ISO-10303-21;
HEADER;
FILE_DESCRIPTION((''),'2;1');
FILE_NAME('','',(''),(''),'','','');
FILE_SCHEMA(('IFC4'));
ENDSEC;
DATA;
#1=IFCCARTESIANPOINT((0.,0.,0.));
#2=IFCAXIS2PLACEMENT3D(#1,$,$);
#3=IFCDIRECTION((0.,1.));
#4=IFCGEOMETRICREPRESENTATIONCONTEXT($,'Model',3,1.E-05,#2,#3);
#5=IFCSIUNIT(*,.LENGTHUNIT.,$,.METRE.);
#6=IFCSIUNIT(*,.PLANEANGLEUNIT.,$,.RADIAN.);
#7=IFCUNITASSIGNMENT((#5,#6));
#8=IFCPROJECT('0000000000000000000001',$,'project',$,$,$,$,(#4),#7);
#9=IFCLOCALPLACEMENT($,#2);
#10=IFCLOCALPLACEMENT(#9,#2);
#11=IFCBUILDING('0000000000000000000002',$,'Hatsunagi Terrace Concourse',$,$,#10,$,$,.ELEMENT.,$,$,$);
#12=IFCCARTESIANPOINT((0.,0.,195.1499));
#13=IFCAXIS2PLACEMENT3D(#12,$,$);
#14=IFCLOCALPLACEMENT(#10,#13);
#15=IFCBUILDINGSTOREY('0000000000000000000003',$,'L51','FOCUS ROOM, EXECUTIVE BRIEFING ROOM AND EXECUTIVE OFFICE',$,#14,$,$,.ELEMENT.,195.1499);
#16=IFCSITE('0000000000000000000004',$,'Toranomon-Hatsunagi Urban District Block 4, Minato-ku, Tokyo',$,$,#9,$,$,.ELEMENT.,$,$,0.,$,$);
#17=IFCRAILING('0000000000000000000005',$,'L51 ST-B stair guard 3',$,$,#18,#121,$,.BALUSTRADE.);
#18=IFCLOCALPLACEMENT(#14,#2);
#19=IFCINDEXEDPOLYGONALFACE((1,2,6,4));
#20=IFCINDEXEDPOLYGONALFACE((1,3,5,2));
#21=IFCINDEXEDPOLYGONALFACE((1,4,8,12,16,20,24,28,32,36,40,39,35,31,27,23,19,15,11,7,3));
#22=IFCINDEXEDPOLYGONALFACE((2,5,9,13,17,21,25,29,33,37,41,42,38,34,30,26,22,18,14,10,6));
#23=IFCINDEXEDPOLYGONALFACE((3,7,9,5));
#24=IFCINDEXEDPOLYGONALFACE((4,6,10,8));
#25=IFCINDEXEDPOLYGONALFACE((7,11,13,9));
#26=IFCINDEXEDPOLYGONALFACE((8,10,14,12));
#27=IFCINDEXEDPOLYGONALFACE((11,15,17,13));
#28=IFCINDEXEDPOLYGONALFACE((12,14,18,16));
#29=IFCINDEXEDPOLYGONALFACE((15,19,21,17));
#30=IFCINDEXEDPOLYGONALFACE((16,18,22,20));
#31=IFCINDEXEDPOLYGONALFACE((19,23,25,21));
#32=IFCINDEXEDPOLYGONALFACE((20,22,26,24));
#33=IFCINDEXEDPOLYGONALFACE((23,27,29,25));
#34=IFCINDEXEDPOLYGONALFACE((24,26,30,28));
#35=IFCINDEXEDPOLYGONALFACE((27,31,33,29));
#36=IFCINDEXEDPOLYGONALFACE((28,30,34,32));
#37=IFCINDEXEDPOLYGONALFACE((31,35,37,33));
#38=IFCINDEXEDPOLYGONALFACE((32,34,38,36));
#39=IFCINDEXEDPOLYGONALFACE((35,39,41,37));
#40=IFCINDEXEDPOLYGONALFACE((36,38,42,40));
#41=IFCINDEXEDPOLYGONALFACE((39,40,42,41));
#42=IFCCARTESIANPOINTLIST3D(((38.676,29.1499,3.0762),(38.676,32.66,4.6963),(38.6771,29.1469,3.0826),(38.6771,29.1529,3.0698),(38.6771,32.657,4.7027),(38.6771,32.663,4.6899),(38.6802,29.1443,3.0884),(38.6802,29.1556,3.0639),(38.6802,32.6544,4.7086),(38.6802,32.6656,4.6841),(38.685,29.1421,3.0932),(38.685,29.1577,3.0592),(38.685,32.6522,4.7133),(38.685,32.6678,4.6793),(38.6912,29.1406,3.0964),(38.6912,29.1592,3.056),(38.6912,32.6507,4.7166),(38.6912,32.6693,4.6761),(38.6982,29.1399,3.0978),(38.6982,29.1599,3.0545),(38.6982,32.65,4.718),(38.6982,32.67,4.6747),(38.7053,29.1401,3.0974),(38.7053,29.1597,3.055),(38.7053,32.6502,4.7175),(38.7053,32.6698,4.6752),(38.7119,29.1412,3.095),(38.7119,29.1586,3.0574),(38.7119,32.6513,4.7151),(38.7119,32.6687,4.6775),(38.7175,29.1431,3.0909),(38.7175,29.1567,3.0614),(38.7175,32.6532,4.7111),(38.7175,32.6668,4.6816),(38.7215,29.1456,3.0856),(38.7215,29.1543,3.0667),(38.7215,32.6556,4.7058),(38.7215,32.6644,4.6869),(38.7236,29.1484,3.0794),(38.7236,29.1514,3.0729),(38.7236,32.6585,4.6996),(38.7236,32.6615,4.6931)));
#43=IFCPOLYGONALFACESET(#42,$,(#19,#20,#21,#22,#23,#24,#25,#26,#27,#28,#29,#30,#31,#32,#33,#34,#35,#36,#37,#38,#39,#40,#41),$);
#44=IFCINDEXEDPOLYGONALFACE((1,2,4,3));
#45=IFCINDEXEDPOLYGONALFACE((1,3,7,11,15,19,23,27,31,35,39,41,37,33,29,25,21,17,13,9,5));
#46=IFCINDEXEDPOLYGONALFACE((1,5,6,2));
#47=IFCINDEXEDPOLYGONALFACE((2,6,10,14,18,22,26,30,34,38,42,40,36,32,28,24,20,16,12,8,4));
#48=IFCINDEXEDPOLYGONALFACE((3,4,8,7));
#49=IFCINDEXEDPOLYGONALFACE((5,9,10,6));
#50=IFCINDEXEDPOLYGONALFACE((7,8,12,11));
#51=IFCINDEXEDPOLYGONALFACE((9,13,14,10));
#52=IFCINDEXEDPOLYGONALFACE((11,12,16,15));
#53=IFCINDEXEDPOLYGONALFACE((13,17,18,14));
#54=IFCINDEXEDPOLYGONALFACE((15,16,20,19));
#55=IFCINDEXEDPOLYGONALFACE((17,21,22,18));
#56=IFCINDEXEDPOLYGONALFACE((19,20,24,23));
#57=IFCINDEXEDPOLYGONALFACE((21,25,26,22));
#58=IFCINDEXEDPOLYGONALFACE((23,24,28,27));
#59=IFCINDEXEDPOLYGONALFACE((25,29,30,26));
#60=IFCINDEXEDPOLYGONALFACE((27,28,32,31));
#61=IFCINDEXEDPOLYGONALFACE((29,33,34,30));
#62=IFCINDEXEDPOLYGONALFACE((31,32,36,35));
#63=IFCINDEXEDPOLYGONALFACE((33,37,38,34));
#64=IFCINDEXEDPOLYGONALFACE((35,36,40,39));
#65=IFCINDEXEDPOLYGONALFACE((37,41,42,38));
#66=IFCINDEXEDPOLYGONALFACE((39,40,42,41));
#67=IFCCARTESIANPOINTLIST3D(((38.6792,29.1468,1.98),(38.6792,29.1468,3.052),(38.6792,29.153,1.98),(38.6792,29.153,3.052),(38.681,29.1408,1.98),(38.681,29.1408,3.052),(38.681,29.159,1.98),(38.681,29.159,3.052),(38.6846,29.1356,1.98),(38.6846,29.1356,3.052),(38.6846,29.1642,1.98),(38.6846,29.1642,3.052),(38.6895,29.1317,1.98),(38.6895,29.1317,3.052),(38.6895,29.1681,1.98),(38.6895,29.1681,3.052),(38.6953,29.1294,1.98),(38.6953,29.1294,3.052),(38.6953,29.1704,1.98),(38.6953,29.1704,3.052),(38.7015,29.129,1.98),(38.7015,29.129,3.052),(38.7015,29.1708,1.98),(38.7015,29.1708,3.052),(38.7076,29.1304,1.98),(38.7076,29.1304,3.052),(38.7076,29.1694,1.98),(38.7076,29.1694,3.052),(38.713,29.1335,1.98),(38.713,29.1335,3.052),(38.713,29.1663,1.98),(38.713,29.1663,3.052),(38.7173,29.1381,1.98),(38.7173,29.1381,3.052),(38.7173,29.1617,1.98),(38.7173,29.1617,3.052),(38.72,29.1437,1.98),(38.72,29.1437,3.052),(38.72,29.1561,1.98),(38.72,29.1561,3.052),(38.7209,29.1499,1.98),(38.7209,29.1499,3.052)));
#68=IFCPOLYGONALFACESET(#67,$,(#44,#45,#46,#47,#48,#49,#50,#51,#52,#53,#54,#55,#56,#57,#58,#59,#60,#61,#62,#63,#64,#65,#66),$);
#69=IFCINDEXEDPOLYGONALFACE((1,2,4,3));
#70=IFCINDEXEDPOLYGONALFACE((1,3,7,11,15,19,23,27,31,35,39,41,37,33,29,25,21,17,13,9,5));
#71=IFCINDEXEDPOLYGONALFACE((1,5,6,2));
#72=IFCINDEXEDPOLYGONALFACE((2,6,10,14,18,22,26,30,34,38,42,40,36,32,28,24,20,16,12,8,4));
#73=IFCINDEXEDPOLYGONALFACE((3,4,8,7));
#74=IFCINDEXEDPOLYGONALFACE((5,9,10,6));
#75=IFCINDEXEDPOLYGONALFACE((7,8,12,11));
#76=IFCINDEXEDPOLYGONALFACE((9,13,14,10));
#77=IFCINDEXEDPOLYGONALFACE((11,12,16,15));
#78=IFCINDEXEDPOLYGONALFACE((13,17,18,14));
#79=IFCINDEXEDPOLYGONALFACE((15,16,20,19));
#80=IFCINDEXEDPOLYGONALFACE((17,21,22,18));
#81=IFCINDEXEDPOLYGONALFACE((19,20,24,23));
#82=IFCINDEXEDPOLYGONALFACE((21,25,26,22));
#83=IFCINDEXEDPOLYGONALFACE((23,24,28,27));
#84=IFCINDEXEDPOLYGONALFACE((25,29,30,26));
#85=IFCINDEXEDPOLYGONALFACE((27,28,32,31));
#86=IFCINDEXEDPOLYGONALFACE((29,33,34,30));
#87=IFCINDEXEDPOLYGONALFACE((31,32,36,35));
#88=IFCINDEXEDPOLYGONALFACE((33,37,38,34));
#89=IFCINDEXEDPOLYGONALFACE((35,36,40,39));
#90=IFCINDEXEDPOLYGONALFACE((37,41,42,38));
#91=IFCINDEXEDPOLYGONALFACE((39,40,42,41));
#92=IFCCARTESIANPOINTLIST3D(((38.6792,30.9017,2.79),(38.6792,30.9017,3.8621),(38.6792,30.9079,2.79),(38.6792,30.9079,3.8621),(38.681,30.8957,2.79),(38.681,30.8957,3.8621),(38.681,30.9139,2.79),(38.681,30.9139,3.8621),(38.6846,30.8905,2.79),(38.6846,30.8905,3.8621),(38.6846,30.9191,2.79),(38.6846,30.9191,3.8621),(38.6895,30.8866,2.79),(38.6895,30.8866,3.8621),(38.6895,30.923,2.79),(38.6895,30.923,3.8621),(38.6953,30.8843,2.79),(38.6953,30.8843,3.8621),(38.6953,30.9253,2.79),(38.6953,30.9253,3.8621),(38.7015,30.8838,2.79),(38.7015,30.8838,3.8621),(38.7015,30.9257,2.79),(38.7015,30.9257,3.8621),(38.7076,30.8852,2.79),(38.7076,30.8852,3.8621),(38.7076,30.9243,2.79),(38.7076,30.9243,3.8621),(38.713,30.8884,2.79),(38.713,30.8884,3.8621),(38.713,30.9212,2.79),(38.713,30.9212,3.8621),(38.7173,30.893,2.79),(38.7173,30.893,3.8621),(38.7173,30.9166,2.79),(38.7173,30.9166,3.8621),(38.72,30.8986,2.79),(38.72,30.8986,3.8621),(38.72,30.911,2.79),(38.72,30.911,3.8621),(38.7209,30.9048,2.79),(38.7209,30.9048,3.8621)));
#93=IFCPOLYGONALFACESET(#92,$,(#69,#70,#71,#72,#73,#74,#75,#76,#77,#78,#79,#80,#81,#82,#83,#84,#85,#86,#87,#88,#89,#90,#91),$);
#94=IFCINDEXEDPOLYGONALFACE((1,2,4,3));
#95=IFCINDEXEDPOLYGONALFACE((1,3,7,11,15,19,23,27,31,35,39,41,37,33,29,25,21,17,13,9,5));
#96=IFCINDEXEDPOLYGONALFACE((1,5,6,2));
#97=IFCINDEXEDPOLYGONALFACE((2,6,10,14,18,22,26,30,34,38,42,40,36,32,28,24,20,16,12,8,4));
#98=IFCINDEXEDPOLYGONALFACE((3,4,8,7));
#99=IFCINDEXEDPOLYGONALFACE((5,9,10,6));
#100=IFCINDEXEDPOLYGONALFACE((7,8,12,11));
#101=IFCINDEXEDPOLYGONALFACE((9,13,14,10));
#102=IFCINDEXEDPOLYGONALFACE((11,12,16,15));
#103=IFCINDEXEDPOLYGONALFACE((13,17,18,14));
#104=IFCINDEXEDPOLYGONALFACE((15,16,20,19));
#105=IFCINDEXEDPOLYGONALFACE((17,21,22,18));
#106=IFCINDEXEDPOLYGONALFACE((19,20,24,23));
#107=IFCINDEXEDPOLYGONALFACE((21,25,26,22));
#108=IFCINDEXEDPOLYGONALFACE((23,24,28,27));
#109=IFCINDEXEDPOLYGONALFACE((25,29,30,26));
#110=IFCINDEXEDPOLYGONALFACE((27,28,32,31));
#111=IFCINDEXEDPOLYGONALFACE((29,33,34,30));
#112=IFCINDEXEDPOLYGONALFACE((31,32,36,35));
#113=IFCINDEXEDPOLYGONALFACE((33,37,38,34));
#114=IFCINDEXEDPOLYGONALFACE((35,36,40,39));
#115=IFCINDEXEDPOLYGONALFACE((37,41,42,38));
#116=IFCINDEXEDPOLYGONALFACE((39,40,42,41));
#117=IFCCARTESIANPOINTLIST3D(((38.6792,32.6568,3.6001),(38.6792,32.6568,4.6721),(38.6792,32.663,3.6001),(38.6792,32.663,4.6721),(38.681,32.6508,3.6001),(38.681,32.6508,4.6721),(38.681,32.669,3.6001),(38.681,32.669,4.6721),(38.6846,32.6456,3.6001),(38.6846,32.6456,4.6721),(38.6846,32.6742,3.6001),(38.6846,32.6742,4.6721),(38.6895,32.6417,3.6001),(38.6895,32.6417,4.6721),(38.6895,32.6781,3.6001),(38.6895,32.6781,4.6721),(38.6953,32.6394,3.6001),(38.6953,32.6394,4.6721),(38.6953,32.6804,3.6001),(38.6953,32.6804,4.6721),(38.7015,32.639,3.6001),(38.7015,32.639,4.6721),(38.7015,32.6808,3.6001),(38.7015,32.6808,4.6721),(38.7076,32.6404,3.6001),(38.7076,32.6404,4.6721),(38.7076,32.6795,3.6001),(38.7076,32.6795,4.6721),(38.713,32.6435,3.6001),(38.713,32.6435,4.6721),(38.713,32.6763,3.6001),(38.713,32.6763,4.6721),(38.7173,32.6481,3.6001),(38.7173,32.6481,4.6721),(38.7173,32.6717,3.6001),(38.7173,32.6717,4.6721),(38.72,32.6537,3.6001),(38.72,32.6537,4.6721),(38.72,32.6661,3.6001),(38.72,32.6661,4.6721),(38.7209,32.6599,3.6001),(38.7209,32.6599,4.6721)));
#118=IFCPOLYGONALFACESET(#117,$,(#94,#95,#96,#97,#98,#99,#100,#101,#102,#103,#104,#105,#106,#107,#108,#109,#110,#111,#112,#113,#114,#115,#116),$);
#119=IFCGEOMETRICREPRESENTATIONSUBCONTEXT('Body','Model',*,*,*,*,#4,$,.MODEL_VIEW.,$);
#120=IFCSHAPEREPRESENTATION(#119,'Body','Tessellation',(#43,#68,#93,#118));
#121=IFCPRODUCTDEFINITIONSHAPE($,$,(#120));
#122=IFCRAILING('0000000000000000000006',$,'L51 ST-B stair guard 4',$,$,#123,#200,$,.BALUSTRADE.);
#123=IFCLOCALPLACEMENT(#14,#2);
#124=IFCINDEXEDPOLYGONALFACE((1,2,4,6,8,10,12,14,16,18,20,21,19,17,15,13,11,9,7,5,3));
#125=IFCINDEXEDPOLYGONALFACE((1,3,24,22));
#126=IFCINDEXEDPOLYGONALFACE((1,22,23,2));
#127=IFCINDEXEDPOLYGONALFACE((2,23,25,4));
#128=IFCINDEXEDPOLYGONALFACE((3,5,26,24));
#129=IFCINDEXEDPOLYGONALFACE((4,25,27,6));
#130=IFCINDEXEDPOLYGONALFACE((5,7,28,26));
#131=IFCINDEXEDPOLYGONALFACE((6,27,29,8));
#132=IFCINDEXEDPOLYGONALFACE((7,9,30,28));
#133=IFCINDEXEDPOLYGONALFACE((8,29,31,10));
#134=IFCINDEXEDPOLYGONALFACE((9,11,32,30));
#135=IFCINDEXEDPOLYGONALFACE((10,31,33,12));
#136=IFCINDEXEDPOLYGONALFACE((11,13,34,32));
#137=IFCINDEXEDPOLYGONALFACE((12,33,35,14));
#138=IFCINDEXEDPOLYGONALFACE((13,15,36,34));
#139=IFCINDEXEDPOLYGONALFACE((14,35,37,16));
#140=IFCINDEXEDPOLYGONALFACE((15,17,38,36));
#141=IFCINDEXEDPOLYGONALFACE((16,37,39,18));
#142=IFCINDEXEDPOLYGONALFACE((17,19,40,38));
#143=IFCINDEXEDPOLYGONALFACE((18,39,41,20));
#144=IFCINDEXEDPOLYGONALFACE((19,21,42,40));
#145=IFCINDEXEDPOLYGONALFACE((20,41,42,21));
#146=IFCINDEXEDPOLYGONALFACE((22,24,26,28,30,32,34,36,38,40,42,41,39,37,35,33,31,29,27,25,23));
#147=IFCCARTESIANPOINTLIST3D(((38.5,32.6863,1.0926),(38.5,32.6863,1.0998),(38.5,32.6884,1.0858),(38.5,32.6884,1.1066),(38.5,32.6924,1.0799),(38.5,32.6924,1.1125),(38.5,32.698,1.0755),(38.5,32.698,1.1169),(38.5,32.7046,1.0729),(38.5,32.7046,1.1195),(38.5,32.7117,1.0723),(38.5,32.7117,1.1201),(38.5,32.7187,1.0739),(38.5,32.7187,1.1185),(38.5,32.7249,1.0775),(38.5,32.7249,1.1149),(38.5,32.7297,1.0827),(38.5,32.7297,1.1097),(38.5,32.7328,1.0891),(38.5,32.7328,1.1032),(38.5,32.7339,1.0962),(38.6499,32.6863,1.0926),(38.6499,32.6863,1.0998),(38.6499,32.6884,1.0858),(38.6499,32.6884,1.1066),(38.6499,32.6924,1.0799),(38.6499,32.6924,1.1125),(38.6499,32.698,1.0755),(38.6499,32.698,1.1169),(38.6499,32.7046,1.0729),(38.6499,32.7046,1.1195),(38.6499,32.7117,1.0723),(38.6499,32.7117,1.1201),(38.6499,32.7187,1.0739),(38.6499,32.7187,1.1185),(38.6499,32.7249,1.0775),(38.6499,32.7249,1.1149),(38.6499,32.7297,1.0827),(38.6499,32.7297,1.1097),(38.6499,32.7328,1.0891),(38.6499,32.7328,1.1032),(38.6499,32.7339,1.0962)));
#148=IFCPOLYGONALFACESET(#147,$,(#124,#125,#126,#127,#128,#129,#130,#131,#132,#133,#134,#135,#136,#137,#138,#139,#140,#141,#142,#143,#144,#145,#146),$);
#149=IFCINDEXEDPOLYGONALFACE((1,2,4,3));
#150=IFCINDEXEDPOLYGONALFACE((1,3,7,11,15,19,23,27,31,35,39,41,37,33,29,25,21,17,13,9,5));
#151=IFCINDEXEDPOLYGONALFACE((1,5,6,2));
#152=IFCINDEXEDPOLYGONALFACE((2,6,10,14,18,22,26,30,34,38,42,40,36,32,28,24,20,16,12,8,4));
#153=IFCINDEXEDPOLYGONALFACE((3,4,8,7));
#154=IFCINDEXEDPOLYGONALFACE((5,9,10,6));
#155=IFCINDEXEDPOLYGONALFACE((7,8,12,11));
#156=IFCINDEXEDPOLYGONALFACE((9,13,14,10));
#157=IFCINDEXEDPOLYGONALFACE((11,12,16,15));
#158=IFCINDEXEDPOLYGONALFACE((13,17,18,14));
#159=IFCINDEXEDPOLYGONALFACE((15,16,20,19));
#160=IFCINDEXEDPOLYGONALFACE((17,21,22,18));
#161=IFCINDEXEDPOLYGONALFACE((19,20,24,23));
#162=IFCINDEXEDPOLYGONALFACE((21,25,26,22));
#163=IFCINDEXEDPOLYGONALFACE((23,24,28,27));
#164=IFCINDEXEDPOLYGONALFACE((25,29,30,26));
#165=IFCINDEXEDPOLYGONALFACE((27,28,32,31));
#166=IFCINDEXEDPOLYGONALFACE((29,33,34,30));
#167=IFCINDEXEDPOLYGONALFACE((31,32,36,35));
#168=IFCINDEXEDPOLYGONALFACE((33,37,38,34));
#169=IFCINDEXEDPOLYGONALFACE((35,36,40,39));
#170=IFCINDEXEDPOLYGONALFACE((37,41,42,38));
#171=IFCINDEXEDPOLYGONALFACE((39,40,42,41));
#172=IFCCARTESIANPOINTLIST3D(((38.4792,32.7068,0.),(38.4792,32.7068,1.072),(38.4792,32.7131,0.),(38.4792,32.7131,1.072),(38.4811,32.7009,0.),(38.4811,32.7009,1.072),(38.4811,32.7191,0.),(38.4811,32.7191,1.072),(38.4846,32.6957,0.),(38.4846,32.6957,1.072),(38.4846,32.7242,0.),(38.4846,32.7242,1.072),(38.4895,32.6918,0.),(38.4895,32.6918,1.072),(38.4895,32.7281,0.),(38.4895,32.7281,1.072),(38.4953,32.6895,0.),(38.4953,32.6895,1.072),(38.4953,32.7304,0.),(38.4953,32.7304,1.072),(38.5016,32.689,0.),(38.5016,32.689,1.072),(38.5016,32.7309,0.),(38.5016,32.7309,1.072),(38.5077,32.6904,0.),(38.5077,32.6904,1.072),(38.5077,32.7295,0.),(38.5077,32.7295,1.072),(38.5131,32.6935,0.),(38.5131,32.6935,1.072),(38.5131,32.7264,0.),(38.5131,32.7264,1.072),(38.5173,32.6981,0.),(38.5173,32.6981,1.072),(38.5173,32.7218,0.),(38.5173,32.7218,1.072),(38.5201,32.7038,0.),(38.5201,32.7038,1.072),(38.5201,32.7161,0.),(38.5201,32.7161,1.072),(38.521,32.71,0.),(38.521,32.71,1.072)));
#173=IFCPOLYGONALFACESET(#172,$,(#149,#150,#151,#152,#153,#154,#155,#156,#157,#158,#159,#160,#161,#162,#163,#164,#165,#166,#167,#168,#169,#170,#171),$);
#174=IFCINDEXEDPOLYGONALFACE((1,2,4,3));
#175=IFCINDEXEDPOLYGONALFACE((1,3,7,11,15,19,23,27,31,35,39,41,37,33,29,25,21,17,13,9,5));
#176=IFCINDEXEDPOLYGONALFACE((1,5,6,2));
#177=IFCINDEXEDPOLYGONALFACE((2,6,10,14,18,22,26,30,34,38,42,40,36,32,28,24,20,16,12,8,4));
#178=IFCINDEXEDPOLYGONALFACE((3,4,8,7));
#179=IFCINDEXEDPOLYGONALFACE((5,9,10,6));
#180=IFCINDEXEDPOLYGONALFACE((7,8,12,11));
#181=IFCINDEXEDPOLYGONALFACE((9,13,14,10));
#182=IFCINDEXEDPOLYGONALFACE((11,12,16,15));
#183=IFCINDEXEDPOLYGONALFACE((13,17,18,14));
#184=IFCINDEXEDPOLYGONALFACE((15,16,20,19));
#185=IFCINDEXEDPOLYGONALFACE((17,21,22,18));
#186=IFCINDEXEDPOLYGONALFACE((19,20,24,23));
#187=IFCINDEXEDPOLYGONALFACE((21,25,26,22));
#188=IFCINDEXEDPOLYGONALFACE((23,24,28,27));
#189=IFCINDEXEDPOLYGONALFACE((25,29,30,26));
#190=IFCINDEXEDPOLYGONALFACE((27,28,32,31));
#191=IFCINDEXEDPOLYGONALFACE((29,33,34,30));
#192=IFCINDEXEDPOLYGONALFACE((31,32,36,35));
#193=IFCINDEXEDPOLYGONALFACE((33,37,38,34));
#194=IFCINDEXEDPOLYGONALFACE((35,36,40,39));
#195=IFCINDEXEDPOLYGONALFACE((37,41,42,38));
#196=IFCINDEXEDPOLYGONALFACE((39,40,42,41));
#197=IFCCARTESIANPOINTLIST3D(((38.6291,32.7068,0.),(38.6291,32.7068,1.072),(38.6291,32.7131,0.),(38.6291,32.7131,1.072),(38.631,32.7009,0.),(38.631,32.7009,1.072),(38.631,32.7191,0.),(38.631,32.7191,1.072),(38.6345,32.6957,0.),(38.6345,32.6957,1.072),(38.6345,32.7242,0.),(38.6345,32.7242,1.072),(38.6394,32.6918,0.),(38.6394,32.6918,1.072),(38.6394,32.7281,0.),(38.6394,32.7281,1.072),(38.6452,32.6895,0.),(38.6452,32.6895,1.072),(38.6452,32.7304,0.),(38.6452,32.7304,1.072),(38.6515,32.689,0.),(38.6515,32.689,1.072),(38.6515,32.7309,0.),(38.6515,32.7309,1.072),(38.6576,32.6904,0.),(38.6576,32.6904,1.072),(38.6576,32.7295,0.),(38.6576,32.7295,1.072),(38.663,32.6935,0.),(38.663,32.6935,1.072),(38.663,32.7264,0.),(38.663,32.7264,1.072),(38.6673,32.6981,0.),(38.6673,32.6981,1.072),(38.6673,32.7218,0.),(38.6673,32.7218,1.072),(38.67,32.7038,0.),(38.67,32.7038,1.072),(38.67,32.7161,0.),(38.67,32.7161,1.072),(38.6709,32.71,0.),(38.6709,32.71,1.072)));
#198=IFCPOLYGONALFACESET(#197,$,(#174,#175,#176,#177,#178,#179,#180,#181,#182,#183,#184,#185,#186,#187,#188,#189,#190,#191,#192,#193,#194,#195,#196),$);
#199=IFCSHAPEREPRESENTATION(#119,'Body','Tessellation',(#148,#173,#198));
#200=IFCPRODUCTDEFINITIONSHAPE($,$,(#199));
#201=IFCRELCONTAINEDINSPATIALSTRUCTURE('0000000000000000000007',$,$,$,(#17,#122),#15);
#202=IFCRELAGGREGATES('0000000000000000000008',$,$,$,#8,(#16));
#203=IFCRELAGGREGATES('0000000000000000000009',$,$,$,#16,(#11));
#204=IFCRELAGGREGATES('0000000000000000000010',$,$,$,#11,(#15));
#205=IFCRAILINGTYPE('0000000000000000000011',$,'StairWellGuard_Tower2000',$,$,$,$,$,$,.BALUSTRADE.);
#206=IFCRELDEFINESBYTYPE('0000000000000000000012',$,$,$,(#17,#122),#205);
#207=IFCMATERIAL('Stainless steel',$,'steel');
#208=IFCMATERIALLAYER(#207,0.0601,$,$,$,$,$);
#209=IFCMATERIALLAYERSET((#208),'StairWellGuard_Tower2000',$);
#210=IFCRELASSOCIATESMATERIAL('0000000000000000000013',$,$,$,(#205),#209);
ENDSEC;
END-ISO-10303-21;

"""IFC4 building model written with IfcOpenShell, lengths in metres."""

from ifc_helpers import new_model, si_unit, direction, frame, origin, origin_2d, place, context, subcontext, project, spatial, circle, extrude, material, layer, layer_set, type_object, element, save


model = new_model("IFC4")

# Units and contexts
model_context = context("Model", 3, precision=1e-05, world=origin(), true_north=direction((0.0, 1.0)))
body_context = subcontext(model_context, "Body", "Model", "MODEL_VIEW")
ifc_project = project(units=[si_unit("LENGTHUNIT", "METRE"), si_unit("PLANEANGLEUNIT", "RADIAN")], contexts=[model_context])

# Site, building, storey
site_placement = place(None, origin())
site = spatial("IfcSite", under=ifc_project, at=site_placement, Name="Toranomon-Hatsunagi Urban District Block 4, Minato-ku, Tokyo", CompositionType="ELEMENT", RefElevation=0.0)
building_placement = place(site_placement, origin())
building = spatial("IfcBuilding", under=site, at=building_placement, Name="Hatsunagi Terrace Concourse", CompositionType="ELEMENT")
storey_placement = place(building_placement, frame((0.0, 0.0, 195.1499)))
storey = spatial("IfcBuildingStorey", under=building, at=storey_placement, Name="L51", Description="FOCUS ROOM, EXECUTIVE BRIEFING ROOM AND EXECUTIVE OFFICE", CompositionType="ELEMENT", Elevation=195.1499)

# Railings
ifc_material_1 = material(Name="Stainless steel", Category="steel")
ifc_layer_1 = layer(ifc_material_1, 0.0601)
ifc_layer_set_1 = layer_set([ifc_layer_1], Name="StairWellGuard_Tower2000")
railing_type_1 = type_object("IfcRailingType", Name="StairWellGuard_Tower2000", PredefinedType="BALUSTRADE", material=ifc_layer_set_1)
railing_1_placement = place(storey_placement, frame((38.7, 29.1499, 1.98)))
element("IfcRailing", 1, at=railing_1_placement, inside=storey, type_object=railing_type_1, Name="L51 ST-B stair guard 3", PredefinedType="BALUSTRADE", context=body_context, shape_type="SweptSolid", body=[
    extrude(circle(Radius=0.0239, at=origin_2d()), frame((0.0, 0.0, 1.0962), z_axis=(0.0, 0.907948, 0.419082), x_axis=(-1.0, 0.0, 0.0)), (0.0, 0.0, 1.0), 3.866),
    extrude(circle(Radius=0.021, at=origin_2d()), origin(), (0.0, 0.0, 1.0), 1.072),
    extrude(circle(Radius=0.021, at=origin_2d()), frame((0.0, 1.7549, 0.8101)), (0.0, 0.0, 1.0), 1.072),
    extrude(circle(Radius=0.021, at=origin_2d()), frame((0.0, 3.51, 1.6201)), (0.0, 0.0, 1.0), 1.072),
])
railing_2_placement = place(storey_placement, frame((38.5, 32.71, 0.0)))
element("IfcRailing", 2, at=railing_2_placement, inside=storey, type_object=railing_type_1, Name="L51 ST-B stair guard 4", PredefinedType="BALUSTRADE", context=body_context, shape_type="SweptSolid", body=[
    extrude(circle(Radius=0.0239, at=origin_2d()), frame((0.0, 0.0, 1.0962), z_axis=(1.0, 0.0, 0.0), x_axis=(0.0, 1.0, 0.0)), (0.0, 0.0, 1.0), 0.1499),
    extrude(circle(Radius=0.021, at=origin_2d()), origin(), (0.0, 0.0, 1.0), 1.072),
    extrude(circle(Radius=0.021, at=origin_2d()), frame((0.1499, 0.0, 0.0)), (0.0, 0.0, 1.0), 1.072),
])

save(model, "model.ifc")
